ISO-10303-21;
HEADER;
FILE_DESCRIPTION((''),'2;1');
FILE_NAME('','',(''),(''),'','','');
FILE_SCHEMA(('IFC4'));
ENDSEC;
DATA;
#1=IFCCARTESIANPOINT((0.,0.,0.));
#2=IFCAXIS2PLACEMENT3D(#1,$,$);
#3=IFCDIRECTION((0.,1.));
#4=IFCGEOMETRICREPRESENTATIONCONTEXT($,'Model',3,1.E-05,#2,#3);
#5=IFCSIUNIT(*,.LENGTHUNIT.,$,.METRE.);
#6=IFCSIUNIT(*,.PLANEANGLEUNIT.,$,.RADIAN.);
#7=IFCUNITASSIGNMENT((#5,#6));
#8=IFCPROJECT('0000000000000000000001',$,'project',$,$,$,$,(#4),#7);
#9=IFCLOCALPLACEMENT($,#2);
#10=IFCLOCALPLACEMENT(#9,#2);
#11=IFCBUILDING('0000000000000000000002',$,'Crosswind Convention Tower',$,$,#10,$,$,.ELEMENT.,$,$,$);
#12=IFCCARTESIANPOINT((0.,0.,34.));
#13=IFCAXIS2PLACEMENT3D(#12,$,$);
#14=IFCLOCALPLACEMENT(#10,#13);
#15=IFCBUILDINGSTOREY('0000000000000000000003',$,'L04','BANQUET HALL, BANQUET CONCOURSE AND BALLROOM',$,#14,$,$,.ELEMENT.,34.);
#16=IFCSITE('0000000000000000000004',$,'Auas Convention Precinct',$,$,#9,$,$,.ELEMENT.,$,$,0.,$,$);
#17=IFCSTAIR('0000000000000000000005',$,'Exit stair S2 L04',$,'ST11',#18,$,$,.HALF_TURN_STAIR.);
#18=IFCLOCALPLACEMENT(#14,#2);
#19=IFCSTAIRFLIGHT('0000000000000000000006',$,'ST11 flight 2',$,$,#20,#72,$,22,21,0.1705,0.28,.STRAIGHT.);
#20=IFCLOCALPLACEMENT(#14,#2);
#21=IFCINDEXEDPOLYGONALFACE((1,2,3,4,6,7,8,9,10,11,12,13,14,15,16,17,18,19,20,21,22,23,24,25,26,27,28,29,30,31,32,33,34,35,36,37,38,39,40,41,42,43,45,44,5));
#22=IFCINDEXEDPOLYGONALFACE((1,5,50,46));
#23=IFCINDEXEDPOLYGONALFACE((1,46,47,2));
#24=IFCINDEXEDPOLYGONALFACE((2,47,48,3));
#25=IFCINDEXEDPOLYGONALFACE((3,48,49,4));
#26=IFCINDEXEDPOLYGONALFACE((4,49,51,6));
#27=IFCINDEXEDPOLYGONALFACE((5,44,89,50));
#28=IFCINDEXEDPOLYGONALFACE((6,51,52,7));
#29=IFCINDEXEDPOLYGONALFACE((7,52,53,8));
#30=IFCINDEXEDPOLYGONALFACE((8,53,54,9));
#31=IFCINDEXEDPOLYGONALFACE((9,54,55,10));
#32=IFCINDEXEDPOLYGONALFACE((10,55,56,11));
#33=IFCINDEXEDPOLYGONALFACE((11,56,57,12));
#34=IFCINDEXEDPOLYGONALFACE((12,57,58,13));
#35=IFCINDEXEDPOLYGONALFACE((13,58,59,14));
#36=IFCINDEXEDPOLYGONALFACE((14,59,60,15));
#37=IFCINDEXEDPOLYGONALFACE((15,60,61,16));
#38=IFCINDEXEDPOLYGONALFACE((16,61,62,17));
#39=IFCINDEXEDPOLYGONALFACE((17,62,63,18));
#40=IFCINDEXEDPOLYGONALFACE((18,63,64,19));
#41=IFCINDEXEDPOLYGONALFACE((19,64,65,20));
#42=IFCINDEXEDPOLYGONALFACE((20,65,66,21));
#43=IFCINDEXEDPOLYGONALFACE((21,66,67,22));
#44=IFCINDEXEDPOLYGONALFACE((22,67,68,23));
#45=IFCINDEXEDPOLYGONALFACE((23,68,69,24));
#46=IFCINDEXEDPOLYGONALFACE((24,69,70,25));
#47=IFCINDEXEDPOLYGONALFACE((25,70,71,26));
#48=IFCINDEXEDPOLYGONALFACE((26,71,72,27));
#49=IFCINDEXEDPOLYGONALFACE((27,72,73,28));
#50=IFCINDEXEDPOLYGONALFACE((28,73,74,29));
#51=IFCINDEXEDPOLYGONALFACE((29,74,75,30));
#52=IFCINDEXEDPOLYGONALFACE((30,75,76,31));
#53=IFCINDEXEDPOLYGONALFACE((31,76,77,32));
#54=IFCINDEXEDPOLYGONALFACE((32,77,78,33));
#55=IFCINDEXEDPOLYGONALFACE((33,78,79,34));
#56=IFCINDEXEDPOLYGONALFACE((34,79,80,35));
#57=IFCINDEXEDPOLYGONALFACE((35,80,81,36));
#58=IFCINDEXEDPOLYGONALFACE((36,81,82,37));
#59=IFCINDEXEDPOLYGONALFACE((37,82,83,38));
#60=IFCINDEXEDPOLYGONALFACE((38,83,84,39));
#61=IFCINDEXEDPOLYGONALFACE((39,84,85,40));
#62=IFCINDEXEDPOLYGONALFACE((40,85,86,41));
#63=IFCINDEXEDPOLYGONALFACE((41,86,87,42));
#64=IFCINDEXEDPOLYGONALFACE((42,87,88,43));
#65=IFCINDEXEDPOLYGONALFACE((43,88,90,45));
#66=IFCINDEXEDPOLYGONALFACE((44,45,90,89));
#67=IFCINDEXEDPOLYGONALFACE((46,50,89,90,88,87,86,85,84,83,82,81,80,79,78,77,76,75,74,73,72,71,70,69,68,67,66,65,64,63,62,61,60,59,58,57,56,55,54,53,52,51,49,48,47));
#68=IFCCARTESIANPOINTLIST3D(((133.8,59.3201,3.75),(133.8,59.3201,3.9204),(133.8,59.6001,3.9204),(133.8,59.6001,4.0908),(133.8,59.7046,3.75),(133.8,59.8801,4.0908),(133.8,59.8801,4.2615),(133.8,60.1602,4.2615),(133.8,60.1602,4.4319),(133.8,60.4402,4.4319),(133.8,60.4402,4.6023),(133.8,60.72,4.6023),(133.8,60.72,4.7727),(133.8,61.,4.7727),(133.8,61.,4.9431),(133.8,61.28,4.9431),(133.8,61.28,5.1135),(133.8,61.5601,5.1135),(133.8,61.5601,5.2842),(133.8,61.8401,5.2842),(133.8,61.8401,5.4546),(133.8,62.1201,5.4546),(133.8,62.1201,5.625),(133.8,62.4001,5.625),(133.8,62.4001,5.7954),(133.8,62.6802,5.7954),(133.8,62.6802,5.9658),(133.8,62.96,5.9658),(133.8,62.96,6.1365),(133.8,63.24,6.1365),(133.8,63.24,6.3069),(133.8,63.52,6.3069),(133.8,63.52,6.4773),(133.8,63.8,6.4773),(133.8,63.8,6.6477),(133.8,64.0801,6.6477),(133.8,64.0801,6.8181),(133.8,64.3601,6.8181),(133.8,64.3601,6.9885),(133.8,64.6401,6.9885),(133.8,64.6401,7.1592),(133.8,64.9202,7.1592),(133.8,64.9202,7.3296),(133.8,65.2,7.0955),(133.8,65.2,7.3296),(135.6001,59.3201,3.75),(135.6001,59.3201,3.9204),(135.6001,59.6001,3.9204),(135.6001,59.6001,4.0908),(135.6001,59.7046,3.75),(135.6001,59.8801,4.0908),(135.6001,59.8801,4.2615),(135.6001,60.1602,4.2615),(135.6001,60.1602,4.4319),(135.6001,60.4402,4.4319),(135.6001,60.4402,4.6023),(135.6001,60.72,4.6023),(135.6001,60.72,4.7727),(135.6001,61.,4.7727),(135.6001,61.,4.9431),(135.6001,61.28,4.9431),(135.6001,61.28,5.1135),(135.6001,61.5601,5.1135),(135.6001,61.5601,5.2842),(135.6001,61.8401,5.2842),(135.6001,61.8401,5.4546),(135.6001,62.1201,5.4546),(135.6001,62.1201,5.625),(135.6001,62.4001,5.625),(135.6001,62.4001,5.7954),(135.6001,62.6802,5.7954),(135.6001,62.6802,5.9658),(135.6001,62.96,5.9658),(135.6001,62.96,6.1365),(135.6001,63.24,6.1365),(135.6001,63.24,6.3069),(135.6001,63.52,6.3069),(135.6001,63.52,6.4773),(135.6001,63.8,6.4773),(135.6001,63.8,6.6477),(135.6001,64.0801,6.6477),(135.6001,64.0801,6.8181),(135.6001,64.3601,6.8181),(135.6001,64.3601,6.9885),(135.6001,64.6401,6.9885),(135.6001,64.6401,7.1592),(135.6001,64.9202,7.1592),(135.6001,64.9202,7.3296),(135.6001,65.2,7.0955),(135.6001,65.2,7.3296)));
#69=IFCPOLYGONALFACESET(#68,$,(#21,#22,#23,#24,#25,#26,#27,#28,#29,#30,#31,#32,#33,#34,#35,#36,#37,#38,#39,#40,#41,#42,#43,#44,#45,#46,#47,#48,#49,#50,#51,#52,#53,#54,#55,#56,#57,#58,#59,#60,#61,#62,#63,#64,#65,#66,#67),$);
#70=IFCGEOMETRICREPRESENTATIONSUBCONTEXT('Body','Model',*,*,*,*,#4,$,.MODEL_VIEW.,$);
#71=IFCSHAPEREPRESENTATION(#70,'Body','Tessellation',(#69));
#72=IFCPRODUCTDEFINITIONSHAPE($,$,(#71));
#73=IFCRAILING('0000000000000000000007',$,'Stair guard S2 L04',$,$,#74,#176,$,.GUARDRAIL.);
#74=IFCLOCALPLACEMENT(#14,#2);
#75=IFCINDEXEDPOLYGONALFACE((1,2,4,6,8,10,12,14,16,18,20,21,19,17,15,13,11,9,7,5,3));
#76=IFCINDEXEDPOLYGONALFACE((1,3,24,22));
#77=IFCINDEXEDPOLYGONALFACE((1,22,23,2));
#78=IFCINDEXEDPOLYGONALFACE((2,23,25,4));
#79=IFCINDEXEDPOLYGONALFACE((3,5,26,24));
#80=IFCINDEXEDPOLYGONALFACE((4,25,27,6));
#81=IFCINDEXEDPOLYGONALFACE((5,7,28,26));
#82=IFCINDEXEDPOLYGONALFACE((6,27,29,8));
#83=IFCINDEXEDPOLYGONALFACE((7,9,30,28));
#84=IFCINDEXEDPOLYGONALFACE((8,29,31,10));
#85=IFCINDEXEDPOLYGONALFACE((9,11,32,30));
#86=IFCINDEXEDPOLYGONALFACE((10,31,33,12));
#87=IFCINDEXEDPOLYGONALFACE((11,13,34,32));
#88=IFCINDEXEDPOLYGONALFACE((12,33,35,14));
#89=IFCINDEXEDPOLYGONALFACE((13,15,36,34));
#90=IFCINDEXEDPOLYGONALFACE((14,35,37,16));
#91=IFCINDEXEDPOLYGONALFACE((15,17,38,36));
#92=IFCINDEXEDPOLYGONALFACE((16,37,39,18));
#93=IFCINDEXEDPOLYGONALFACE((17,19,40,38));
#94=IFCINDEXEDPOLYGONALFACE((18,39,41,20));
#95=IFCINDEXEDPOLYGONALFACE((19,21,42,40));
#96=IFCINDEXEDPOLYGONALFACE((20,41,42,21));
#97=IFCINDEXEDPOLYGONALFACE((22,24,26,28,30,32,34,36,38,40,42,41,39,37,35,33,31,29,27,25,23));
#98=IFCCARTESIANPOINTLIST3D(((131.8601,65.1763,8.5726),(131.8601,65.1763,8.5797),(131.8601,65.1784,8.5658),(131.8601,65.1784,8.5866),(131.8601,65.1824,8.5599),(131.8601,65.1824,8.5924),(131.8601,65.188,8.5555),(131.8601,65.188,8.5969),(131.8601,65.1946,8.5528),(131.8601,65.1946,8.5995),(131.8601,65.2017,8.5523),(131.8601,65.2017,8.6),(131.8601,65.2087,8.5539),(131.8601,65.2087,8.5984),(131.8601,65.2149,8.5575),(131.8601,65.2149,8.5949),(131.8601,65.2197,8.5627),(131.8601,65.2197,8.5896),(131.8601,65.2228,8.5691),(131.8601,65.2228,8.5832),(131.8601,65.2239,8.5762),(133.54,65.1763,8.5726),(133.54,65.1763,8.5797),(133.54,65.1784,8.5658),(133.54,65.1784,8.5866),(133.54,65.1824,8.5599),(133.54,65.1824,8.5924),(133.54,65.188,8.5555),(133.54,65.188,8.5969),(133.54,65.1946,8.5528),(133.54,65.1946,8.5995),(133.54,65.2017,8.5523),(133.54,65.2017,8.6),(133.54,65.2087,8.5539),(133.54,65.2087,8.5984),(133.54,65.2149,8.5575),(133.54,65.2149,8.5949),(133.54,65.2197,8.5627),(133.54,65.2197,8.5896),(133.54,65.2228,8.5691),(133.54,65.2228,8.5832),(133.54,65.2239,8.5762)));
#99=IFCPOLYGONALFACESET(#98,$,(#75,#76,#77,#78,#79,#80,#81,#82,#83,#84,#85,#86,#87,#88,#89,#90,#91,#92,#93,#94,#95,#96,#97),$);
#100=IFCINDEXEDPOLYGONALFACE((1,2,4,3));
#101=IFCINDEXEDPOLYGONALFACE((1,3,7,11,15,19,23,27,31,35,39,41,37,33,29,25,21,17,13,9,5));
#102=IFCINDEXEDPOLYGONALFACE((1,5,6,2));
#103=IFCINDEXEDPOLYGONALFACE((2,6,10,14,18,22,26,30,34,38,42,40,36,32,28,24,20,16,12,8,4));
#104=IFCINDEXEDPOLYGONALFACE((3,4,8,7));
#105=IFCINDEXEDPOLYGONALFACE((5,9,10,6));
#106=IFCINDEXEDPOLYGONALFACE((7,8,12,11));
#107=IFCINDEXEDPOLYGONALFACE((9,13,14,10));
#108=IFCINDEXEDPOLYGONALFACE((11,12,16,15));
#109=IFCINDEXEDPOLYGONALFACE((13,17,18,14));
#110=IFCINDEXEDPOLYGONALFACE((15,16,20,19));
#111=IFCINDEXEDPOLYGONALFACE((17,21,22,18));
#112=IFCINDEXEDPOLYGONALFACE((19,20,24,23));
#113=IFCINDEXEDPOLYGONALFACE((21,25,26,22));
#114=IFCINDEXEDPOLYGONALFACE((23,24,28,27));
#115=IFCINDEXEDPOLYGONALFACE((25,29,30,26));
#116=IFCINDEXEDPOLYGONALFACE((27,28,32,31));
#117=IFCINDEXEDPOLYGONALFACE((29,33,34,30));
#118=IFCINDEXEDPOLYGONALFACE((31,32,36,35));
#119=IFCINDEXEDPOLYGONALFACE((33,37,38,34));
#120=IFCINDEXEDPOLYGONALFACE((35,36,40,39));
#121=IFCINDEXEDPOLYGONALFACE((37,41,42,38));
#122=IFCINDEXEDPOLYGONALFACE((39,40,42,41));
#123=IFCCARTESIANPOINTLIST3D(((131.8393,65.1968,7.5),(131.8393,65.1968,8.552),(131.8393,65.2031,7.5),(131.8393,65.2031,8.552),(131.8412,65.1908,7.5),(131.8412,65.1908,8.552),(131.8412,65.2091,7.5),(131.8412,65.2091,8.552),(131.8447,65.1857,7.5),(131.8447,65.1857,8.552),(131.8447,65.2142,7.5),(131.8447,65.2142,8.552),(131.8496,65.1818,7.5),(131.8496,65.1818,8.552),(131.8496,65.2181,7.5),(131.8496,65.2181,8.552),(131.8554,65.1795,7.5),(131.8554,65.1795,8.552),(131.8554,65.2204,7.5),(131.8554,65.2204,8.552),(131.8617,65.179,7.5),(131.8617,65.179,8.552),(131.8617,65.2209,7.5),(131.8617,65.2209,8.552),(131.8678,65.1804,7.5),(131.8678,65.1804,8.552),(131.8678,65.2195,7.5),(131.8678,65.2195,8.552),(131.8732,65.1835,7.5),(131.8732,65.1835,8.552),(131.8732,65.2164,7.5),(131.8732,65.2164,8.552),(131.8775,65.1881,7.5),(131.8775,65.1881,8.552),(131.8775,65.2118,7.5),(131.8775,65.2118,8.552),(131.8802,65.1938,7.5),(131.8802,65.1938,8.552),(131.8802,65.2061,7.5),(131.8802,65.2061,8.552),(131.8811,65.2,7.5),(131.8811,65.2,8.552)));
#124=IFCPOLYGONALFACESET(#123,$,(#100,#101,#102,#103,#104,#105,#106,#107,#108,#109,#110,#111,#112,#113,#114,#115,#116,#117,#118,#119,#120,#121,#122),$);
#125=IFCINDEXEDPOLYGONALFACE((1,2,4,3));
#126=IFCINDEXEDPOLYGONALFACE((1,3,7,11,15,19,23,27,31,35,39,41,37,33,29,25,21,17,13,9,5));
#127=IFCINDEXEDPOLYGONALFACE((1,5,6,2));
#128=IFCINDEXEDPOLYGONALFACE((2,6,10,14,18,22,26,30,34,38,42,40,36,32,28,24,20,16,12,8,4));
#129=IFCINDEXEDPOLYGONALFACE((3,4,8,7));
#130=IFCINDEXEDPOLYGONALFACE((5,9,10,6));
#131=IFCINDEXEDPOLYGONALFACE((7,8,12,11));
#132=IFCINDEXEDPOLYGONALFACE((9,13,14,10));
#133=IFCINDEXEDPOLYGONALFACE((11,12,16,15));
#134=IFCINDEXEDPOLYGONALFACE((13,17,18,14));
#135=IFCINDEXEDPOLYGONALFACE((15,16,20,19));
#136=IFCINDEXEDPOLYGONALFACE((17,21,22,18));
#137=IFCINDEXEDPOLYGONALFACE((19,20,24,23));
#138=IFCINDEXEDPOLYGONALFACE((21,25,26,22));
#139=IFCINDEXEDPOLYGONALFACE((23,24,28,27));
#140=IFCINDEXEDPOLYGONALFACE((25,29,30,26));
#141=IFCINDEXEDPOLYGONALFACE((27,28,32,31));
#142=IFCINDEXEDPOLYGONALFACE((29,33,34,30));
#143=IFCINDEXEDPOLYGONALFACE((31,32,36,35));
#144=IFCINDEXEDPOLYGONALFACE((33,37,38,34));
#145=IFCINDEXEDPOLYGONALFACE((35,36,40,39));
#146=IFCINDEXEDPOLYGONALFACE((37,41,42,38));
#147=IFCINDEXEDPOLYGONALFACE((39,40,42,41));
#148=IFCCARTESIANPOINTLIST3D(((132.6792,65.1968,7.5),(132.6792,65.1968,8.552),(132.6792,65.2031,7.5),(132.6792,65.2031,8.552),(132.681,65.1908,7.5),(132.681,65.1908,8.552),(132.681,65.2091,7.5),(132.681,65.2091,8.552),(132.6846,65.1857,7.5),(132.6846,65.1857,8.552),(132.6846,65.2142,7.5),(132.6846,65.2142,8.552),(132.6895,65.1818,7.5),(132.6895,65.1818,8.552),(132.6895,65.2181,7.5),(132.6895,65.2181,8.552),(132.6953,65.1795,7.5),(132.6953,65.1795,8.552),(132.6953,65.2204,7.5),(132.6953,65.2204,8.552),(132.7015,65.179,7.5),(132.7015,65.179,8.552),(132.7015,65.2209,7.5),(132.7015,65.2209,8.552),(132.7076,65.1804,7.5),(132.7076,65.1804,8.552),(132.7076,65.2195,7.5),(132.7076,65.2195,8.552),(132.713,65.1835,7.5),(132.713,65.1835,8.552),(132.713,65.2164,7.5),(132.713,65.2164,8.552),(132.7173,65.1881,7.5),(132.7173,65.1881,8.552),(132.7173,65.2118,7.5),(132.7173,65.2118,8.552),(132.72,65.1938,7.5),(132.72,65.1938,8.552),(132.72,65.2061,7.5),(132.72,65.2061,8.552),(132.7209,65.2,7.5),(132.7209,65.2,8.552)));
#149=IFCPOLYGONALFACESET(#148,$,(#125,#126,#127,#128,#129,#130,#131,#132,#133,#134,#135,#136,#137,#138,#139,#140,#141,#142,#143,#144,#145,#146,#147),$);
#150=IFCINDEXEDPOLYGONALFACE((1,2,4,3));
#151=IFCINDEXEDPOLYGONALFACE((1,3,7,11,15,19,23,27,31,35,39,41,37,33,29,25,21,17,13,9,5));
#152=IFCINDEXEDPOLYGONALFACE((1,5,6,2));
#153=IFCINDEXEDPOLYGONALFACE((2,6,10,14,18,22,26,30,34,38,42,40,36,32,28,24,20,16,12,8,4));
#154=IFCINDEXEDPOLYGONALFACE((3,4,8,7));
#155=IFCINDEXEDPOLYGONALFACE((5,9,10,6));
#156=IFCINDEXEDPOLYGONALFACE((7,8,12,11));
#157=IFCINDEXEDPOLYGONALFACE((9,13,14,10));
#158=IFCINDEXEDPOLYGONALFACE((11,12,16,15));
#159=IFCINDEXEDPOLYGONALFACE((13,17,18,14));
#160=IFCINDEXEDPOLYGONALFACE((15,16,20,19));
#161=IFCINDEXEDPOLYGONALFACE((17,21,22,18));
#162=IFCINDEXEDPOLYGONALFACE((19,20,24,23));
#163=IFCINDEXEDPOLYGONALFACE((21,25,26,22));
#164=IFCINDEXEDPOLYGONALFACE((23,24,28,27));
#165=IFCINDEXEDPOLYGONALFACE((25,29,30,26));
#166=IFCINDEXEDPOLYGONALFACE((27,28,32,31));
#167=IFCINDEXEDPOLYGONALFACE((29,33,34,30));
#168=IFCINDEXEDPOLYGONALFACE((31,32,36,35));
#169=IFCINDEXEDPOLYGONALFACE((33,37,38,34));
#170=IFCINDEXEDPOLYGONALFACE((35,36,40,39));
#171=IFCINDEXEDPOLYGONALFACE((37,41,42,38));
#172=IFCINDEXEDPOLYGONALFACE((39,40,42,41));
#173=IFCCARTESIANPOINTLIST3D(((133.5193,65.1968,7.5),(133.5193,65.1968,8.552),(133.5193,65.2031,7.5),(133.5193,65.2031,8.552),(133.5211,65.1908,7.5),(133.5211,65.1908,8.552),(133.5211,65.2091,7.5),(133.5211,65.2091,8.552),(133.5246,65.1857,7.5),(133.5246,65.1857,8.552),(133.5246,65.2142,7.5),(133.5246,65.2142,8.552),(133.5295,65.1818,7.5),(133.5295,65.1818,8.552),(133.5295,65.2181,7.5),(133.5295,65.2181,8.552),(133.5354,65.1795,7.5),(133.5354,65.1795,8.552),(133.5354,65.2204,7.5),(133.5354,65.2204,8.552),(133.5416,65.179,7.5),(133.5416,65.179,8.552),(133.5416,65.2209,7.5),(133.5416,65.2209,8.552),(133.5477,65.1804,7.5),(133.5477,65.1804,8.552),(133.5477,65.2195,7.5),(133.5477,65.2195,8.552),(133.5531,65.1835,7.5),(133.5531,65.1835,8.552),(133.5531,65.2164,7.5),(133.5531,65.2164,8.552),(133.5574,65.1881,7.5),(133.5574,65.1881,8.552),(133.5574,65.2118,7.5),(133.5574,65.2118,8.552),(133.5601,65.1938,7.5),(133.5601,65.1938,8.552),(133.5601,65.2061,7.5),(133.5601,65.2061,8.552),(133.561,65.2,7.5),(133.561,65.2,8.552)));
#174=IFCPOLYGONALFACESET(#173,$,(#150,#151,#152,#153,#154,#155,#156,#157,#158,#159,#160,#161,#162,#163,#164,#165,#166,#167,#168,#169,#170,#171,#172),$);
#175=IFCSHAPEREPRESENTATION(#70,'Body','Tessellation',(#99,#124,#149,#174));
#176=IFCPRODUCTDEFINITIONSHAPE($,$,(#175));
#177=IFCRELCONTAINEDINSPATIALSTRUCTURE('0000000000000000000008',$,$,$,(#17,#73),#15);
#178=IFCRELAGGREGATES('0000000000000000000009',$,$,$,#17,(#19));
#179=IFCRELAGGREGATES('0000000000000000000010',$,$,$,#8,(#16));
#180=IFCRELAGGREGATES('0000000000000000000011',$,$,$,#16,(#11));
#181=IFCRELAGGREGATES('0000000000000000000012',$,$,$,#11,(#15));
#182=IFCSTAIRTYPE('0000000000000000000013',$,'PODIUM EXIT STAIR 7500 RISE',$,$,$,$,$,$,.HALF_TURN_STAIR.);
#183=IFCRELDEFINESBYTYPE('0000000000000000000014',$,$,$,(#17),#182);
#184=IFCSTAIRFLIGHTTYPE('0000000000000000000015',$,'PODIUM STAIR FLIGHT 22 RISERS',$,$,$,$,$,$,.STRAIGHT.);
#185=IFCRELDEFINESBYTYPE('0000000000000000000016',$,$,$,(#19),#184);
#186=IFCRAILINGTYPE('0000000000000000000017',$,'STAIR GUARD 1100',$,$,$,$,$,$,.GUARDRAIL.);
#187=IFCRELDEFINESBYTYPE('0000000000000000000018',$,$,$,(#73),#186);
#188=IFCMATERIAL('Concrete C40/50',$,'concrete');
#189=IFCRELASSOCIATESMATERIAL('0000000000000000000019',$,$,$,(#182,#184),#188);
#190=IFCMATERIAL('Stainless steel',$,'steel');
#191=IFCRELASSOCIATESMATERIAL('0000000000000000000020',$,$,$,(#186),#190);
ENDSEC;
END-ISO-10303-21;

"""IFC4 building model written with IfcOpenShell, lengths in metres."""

from ifc_helpers import new_model, si_unit, direction, frame, origin, origin_2d, place, context, subcontext, project, spatial, polyline, circle, outline, extrude, material, type_object, element, aggregate, save


model = new_model("IFC4")

# Units and contexts
model_context = context("Model", 3, precision=1e-05, world=origin(), true_north=direction((0.0, 1.0)))
body_context = subcontext(model_context, "Body", "Model", "MODEL_VIEW")
ifc_project = project(units=[si_unit("LENGTHUNIT", "METRE"), si_unit("PLANEANGLEUNIT", "RADIAN")], contexts=[model_context])

# Site, building, storey
site_placement = place(None, origin())
site = spatial("IfcSite", under=ifc_project, at=site_placement, Name="Auas Convention Precinct", CompositionType="ELEMENT", RefElevation=0.0)
building_placement = place(site_placement, origin())
building = spatial("IfcBuilding", under=site, at=building_placement, Name="Crosswind Convention Tower", CompositionType="ELEMENT")
storey_placement = place(building_placement, frame((0.0, 0.0, 34.0)))
storey = spatial("IfcBuildingStorey", under=building, at=storey_placement, Name="L04", Description="BANQUET HALL, BANQUET CONCOURSE AND BALLROOM", CompositionType="ELEMENT", Elevation=34.0)

# Shared definitions
ifc_material_1 = material(Name="Concrete C40/50", Category="concrete")

# Stair, stair flight
stair_type = type_object("IfcStairType", Name="PODIUM EXIT STAIR 7500 RISE", PredefinedType="HALF_TURN_STAIR", material=ifc_material_1)
stair_placement = place(storey_placement, origin())
stair = element("IfcStair", 1, at=stair_placement, inside=storey, type_object=stair_type, Name="Exit stair S2 L04", ObjectType="ST11", PredefinedType="HALF_TURN_STAIR")
stair_flight_type = type_object("IfcStairFlightType", Name="PODIUM STAIR FLIGHT 22 RISERS", PredefinedType="STRAIGHT", material=ifc_material_1)
stair_flight_1_placement = place(storey_placement, frame((134.7, 59.3201, 3.75), z_axis=(0.0, 0.0, 1.0), x_axis=(0.0, 1.0, 0.0)))
stair_flight_1 = element("IfcStairFlight", 2, at=stair_flight_1_placement, type_object=stair_flight_type, Name="ST11 flight 2", NumberOfRisers=22, NumberOfTreads=21, PredefinedType="STRAIGHT", RiserHeight=0.1705, TreadLength=0.28, context=body_context, shape_type="SweptSolid", body=[
    extrude(outline(polyline([(0.0, 0.0), (0.0, 0.1704), (0.28, 0.1704), (0.28, 0.3408), (0.5601, 0.3408), (0.5601, 0.5115), (0.8401, 0.5115), (0.8401, 0.6819), (1.1201, 0.6819), (1.1201, 0.8523), (1.3999, 0.8523), (1.3999, 1.0227), (1.6799, 1.0227), (1.6799, 1.1931), (1.96, 1.1931), (1.96, 1.3635), (2.24, 1.3635), (2.24, 1.5342), (2.52, 1.5342), (2.52, 1.7046), (2.8, 1.7046), (2.8, 1.875), (3.0801, 1.875), (3.0801, 2.0454), (3.3601, 2.0454), (3.3601, 2.2158), (3.6399, 2.2158), (3.6399, 2.3865), (3.9199, 2.3865), (3.9199, 2.5569), (4.2, 2.5569), (4.2, 2.7273), (4.48, 2.7273), (4.48, 2.8977), (4.76, 2.8977), (4.76, 3.0681), (5.04, 3.0681), (5.04, 3.2385), (5.3201, 3.2385), (5.3201, 3.4092), (5.6001, 3.4092), (5.6001, 3.5796), (5.8799, 3.5796), (5.8799, 3.75), (5.8799, 3.3455), (0.3845, 0.0), (0.0, 0.0)])), frame((0.0, 0.8999, 0.0), z_axis=(0.0, -1.0, 0.0), x_axis=(1.0, 0.0, 0.0)), (0.0, 0.0, 1.0), 1.8),
])
aggregate(stair, [stair_flight_1])

# Railing
ifc_material_2 = material(Name="Stainless steel", Category="steel")
railing_type_1 = type_object("IfcRailingType", Name="STAIR GUARD 1100", PredefinedType="GUARDRAIL", material=ifc_material_2)
railing_placement = place(storey_placement, frame((131.8601, 65.2, 7.5)))
element("IfcRailing", 3, at=railing_placement, inside=storey, type_object=railing_type_1, Name="Stair guard S2 L04", PredefinedType="GUARDRAIL", context=body_context, shape_type="SweptSolid", body=[
    extrude(circle(Radius=0.0239, at=origin_2d()), frame((0.0, 0.0, 1.0762), z_axis=(1.0, 0.0, 0.0), x_axis=(0.0, 1.0, 0.0)), (0.0, 0.0, 1.0), 1.6799),
    extrude(circle(Radius=0.021, at=origin_2d()), origin(), (0.0, 0.0, 1.0), 1.052),
    extrude(circle(Radius=0.021, at=origin_2d()), frame((0.8398, 0.0, 0.0)), (0.0, 0.0, 1.0), 1.052),
    extrude(circle(Radius=0.021, at=origin_2d()), frame((1.6799, 0.0, 0.0)), (0.0, 0.0, 1.0), 1.052),
])

save(model, "model.ifc")
